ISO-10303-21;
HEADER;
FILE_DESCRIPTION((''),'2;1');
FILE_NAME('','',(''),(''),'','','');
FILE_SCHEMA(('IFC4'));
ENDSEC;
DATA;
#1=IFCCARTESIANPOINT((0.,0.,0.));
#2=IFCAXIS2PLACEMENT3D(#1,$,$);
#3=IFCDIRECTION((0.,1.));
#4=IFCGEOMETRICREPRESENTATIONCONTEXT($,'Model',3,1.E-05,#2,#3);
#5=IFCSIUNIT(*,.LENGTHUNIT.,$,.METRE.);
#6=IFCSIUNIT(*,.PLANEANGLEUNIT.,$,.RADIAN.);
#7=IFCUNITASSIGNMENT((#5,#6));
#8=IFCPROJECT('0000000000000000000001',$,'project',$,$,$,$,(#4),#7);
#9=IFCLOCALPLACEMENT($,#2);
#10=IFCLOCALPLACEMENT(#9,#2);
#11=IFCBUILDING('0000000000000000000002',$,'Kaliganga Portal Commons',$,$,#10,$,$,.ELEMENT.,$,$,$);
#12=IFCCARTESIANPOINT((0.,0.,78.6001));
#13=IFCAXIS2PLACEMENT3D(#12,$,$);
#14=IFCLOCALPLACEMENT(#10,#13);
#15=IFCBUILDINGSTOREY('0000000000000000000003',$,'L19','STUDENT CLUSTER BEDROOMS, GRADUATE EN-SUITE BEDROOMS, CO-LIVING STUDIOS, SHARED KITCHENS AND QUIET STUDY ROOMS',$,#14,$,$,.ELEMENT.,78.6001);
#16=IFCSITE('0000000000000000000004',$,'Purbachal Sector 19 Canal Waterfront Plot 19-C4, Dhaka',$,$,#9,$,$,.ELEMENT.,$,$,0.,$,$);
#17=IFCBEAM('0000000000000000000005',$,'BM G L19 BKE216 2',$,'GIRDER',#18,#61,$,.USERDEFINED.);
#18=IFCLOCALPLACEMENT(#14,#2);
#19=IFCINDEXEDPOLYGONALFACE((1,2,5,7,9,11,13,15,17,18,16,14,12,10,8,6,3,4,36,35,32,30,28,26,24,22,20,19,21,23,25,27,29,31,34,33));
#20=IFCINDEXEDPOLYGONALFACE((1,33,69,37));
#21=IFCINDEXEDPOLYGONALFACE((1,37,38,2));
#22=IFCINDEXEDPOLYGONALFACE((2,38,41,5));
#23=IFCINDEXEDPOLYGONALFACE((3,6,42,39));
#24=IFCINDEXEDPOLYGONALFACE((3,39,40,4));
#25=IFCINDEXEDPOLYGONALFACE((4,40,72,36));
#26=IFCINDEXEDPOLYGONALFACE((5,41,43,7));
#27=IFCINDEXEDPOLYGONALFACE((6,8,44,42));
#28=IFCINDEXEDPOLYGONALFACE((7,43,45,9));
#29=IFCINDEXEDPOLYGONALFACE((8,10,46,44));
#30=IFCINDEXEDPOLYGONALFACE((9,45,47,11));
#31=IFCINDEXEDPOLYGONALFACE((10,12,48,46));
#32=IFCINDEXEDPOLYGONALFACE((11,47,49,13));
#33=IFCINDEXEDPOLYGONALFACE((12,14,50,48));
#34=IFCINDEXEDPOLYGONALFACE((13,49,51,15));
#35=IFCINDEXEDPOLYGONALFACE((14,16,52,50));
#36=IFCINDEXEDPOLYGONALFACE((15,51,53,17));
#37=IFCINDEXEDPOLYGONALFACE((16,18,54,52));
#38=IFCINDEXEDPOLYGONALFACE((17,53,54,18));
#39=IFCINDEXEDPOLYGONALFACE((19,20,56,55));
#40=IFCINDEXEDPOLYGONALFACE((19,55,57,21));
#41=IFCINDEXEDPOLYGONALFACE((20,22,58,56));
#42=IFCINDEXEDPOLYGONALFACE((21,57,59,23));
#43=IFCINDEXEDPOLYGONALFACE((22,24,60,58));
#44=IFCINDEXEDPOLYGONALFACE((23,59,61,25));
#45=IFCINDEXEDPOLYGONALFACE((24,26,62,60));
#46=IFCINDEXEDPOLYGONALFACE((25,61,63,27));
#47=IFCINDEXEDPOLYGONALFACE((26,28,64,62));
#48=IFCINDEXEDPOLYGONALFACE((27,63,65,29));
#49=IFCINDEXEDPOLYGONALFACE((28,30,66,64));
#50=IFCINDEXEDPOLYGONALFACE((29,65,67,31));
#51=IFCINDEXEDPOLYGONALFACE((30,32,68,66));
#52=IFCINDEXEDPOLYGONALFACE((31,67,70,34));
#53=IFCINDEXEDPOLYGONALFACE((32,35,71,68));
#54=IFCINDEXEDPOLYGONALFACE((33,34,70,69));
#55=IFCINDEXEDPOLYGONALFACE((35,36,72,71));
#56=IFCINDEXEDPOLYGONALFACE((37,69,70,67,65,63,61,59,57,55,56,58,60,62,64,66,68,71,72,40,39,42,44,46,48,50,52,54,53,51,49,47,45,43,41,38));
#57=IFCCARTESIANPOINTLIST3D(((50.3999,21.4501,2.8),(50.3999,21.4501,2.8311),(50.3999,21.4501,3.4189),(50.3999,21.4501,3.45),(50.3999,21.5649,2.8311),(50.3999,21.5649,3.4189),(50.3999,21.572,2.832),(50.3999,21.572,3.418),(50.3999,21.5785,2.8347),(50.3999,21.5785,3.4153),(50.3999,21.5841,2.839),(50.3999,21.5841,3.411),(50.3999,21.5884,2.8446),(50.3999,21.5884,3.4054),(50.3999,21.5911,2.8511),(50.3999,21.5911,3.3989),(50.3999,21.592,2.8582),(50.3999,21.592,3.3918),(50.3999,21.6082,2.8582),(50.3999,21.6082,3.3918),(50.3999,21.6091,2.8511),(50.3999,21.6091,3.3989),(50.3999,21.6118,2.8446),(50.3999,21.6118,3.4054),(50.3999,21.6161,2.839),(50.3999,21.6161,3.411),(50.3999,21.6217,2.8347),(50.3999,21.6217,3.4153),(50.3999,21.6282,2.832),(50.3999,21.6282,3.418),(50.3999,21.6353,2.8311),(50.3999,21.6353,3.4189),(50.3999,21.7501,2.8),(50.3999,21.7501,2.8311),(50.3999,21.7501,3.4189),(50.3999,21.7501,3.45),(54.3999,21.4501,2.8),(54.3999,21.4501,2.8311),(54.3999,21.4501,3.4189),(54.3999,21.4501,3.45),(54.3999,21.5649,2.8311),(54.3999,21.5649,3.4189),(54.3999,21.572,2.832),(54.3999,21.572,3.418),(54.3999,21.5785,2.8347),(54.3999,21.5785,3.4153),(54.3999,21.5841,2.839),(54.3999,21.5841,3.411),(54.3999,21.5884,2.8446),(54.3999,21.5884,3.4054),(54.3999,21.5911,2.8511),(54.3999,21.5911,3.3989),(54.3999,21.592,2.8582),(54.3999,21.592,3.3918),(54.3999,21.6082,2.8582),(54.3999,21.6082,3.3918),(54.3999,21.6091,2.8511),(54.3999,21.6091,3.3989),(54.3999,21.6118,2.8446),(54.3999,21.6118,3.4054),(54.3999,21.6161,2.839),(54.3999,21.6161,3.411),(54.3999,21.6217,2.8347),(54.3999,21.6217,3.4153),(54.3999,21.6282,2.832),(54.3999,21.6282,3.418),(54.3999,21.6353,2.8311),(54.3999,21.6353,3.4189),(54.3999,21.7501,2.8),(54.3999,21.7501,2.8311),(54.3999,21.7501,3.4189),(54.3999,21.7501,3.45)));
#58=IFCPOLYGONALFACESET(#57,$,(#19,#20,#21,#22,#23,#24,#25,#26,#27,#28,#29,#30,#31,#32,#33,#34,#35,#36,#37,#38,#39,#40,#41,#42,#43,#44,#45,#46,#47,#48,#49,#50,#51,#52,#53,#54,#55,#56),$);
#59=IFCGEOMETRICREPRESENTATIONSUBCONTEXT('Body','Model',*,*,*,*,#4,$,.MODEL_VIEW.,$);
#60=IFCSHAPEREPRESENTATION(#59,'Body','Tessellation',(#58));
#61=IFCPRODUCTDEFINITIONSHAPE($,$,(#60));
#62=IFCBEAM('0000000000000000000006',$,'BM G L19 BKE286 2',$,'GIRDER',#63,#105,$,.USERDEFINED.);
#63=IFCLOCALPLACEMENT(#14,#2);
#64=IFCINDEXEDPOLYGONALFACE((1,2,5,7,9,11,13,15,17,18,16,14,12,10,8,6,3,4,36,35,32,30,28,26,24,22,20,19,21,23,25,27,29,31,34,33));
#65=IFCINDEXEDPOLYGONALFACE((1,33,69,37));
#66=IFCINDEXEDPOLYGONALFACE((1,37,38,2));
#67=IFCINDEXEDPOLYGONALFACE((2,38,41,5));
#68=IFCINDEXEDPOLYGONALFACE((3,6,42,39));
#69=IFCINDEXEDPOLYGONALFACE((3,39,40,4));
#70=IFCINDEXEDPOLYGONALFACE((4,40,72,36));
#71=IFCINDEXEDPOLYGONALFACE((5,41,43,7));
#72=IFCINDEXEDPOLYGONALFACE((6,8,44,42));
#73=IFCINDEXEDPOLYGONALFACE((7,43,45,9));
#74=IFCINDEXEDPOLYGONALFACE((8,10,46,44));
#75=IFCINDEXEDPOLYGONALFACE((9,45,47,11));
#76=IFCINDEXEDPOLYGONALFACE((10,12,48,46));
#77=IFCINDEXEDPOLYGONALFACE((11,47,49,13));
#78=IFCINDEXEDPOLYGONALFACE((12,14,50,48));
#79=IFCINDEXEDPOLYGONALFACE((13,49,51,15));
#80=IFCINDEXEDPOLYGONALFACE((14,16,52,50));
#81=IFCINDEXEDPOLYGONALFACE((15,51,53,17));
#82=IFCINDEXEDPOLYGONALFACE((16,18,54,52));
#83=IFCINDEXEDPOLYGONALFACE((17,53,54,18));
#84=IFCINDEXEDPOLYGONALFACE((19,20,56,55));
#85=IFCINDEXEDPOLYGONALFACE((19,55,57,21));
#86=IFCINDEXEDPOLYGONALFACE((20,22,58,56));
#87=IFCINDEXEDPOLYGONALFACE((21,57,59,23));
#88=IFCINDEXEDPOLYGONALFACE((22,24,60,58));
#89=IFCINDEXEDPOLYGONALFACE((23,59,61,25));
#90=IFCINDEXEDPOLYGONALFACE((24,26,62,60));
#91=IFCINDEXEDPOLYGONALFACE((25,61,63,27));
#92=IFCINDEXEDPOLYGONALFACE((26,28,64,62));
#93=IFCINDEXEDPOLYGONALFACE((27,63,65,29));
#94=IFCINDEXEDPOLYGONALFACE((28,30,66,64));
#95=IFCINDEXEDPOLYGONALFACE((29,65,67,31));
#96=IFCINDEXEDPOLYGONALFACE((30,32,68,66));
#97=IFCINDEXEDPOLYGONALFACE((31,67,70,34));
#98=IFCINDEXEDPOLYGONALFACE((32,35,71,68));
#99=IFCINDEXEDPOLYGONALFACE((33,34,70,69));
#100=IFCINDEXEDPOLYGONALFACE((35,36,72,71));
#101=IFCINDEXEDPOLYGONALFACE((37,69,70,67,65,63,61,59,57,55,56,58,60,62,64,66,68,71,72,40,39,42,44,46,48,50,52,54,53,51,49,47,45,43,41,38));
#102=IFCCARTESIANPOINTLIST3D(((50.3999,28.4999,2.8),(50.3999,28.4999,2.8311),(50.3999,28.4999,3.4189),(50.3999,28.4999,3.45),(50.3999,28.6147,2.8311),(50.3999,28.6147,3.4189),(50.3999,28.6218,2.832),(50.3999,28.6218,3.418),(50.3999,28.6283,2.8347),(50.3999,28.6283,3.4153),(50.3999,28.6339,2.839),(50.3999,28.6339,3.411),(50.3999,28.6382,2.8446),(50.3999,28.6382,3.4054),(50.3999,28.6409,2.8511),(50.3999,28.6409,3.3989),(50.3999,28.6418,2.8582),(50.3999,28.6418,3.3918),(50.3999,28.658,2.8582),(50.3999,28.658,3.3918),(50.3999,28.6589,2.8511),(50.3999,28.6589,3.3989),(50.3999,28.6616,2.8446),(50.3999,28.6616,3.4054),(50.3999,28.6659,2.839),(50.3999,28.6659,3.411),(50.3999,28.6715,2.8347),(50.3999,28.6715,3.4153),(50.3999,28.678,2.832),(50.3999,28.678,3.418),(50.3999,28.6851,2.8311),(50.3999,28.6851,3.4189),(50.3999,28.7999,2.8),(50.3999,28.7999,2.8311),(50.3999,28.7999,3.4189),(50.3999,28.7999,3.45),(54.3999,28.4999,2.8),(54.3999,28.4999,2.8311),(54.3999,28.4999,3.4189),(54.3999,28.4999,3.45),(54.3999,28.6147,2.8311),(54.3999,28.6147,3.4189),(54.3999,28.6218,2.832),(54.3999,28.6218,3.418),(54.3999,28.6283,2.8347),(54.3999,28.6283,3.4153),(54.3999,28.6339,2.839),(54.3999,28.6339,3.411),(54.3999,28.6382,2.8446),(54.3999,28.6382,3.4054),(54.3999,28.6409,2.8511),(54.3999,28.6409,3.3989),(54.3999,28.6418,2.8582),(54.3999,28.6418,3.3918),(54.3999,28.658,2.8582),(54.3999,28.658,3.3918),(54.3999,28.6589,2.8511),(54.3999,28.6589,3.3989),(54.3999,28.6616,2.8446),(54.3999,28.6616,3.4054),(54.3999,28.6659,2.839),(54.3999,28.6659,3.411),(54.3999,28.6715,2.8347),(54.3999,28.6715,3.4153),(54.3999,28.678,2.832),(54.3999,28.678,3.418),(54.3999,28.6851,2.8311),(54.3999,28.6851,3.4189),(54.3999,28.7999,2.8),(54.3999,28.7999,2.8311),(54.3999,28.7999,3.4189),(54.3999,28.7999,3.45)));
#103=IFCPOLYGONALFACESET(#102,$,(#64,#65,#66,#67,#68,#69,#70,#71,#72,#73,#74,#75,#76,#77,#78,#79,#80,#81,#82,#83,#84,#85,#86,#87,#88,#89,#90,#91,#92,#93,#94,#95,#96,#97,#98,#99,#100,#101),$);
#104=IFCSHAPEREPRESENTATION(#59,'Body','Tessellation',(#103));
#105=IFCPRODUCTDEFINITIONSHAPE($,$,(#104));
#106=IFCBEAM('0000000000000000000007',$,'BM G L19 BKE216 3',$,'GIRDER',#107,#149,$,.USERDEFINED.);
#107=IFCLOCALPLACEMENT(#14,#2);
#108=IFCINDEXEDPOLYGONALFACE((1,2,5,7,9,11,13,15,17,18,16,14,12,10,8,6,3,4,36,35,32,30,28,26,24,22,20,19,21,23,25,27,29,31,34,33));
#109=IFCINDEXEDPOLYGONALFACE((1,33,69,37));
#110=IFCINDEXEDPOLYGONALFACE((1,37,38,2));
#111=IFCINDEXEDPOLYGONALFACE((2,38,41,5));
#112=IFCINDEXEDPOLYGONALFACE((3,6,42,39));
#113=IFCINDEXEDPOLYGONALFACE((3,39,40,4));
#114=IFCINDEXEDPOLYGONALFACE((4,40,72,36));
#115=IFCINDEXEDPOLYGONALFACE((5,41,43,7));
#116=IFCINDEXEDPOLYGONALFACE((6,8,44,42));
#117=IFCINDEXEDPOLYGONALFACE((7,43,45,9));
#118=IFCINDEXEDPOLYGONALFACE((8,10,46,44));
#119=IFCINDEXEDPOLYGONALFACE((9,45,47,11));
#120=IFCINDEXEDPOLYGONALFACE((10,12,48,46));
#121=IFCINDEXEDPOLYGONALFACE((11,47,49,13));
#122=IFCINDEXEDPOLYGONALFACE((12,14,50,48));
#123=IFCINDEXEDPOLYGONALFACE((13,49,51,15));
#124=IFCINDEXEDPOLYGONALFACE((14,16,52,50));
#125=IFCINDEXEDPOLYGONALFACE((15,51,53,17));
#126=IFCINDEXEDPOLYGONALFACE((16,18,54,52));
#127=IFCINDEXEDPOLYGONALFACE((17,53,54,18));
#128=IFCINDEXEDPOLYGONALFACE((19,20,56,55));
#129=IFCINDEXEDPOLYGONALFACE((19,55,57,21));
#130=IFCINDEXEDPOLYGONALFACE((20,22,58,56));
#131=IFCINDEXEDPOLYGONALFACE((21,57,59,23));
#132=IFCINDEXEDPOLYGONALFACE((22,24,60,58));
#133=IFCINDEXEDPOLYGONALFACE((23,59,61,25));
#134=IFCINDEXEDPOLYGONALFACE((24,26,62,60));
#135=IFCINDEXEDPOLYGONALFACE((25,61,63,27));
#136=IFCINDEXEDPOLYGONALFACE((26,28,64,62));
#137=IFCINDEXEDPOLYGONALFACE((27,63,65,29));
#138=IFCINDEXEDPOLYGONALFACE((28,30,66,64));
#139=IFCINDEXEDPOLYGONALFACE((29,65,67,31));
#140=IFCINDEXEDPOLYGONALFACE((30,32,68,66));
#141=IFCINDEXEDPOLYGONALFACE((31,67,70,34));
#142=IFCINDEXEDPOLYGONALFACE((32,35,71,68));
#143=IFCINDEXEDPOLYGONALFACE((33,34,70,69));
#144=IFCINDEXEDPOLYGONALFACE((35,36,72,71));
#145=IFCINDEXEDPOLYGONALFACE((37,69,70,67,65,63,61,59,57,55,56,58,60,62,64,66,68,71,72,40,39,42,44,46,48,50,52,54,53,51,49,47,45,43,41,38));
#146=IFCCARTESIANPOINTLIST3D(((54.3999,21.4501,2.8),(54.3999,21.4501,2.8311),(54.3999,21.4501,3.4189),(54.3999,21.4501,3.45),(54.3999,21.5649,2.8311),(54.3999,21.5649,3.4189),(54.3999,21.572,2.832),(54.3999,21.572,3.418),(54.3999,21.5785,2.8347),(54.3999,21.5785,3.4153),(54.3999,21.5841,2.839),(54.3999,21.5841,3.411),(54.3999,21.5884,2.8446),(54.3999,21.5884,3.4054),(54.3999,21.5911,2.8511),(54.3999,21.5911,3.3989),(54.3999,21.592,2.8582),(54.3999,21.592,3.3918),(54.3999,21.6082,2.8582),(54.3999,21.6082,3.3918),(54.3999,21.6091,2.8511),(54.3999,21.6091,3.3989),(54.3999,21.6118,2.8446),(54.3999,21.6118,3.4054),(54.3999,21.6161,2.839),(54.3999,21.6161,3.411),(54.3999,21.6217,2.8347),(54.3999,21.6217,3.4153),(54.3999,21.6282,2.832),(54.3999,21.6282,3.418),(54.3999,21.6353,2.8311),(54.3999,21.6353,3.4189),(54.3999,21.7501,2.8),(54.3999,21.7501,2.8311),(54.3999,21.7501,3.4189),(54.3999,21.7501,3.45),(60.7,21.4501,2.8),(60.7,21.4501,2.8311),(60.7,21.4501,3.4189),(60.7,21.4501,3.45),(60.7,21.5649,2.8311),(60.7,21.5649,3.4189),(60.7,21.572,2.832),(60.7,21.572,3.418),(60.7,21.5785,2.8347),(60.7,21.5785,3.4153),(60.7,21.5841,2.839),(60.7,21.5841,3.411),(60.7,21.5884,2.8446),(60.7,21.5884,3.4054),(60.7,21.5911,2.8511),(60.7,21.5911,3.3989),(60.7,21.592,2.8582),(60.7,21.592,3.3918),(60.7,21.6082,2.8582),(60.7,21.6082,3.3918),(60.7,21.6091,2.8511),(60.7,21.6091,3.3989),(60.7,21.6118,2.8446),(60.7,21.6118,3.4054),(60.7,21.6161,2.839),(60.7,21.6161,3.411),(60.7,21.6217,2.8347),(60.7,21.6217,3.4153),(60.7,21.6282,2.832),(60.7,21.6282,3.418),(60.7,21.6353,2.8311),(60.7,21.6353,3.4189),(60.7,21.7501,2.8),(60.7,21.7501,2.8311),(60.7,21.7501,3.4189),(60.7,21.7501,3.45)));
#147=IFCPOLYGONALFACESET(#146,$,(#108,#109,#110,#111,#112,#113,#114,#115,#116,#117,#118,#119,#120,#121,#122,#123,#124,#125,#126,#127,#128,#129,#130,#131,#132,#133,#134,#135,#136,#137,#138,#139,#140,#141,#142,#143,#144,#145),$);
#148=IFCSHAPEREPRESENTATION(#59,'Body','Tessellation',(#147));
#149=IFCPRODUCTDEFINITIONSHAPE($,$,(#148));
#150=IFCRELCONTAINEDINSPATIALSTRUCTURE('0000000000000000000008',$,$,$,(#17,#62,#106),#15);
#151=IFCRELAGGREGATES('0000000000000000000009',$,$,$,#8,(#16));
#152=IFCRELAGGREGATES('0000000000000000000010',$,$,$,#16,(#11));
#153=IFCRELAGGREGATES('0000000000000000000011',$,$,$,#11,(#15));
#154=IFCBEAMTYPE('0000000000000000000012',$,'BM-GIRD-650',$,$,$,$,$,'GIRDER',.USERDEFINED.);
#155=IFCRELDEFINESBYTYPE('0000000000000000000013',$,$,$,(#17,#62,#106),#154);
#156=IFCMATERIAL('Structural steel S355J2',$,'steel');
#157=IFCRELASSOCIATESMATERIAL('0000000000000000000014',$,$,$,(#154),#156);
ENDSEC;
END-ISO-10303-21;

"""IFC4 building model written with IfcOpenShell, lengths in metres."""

from ifc_helpers import new_model, si_unit, direction, frame, origin, origin_2d, place, context, subcontext, project, spatial, i_section, extrude, source, transform, mapped, material, material_profile, profile_set, type_object, element, save


model = new_model("IFC4")

# Units and contexts
model_context = context("Model", 3, precision=1e-05, world=origin(), true_north=direction((0.0, 1.0)))
body_context = subcontext(model_context, "Body", "Model", "MODEL_VIEW")
ifc_project = project(units=[si_unit("LENGTHUNIT", "METRE"), si_unit("PLANEANGLEUNIT", "RADIAN")], contexts=[model_context])

# Site, building, storey
site_placement = place(None, origin())
site = spatial("IfcSite", under=ifc_project, at=site_placement, Name="Purbachal Sector 19 Canal Waterfront Plot 19-C4, Dhaka", CompositionType="ELEMENT", RefElevation=0.0)
building_placement = place(site_placement, origin())
building = spatial("IfcBuilding", under=site, at=building_placement, Name="Kaliganga Portal Commons", CompositionType="ELEMENT")
storey_placement = place(building_placement, frame((0.0, 0.0, 78.6001)))
storey = spatial("IfcBuildingStorey", under=building, at=storey_placement, Name="L19", Description="STUDENT CLUSTER BEDROOMS, GRADUATE EN-SUITE BEDROOMS, CO-LIVING STUDIOS, SHARED KITCHENS AND QUIET STUDY ROOMS", CompositionType="ELEMENT", Elevation=78.6001)

# Beams
ifc_material_1 = material(Name="Structural steel S355J2", Category="steel")
ifc_material_profile_1 = material_profile(ifc_material_1, i_section(OverallWidth=0.3, OverallDepth=0.6499, WebThickness=0.0161, FlangeThickness=0.031, FilletRadius=0.0271, at=origin_2d()), Name="HE 650 B")
ifc_profile_set_1 = profile_set([ifc_material_profile_1], Name="Structural steel S355J2 wide-flange")
beam_type_1 = type_object("IfcBeamType", Name="BM-GIRD-650", ElementType="GIRDER", PredefinedType="USERDEFINED", material=ifc_profile_set_1)
shared_shape_1 = source(origin(), body_context, "Body", "SweptSolid", [
    extrude(i_section(OverallWidth=0.3, OverallDepth=0.6499, WebThickness=0.0161, FlangeThickness=0.031, FilletRadius=0.0271, at=origin_2d()), origin(), (0.0, 0.0, 1.0), 4.0),
])
for number, where, z_axis, x_axis, name in (
    (1, (50.3999, 21.6001, 3.125), (1.0, 0.0, 0.0), (0.0, 1.0, 0.0), "BM G L19 BKE216 2"),
    (2, (50.3999, 28.6499, 3.125), (1.0, 0.0, 0.0), (0.0, 1.0, 0.0), "BM G L19 BKE286 2"),
):
    element("IfcBeam", number, at=place(storey_placement, frame(where, z_axis=z_axis, x_axis=x_axis)), inside=storey, type_object=beam_type_1, Name=name, ObjectType="GIRDER", PredefinedType="USERDEFINED", context=body_context, shape_type="MappedRepresentation", body=[
        mapped(shared_shape_1, transform((0.0, 0.0, 0.0), x_axis=(1.0, 0.0, 0.0), y_axis=(0.0, 1.0, 0.0), z_axis=(0.0, 0.0, 1.0), scale=1.0)),
    ])
shared_shape_2 = source(origin(), body_context, "Body", "SweptSolid", [
    extrude(i_section(OverallWidth=0.3, OverallDepth=0.6499, WebThickness=0.0161, FlangeThickness=0.031, FilletRadius=0.0271, at=origin_2d()), origin(), (0.0, 0.0, 1.0), 6.3),
])
beam_1_placement = place(storey_placement, frame((54.3999, 21.6001, 3.125), z_axis=(1.0, 0.0, 0.0), x_axis=(0.0, 1.0, 0.0)))
element("IfcBeam", 3, at=beam_1_placement, inside=storey, type_object=beam_type_1, Name="BM G L19 BKE216 3", ObjectType="GIRDER", PredefinedType="USERDEFINED", context=body_context, shape_type="MappedRepresentation", body=[
    mapped(shared_shape_2, transform((0.0, 0.0, 0.0), x_axis=(1.0, 0.0, 0.0), y_axis=(0.0, 1.0, 0.0), z_axis=(0.0, 0.0, 1.0), scale=1.0)),
])

save(model, "model.ifc")
